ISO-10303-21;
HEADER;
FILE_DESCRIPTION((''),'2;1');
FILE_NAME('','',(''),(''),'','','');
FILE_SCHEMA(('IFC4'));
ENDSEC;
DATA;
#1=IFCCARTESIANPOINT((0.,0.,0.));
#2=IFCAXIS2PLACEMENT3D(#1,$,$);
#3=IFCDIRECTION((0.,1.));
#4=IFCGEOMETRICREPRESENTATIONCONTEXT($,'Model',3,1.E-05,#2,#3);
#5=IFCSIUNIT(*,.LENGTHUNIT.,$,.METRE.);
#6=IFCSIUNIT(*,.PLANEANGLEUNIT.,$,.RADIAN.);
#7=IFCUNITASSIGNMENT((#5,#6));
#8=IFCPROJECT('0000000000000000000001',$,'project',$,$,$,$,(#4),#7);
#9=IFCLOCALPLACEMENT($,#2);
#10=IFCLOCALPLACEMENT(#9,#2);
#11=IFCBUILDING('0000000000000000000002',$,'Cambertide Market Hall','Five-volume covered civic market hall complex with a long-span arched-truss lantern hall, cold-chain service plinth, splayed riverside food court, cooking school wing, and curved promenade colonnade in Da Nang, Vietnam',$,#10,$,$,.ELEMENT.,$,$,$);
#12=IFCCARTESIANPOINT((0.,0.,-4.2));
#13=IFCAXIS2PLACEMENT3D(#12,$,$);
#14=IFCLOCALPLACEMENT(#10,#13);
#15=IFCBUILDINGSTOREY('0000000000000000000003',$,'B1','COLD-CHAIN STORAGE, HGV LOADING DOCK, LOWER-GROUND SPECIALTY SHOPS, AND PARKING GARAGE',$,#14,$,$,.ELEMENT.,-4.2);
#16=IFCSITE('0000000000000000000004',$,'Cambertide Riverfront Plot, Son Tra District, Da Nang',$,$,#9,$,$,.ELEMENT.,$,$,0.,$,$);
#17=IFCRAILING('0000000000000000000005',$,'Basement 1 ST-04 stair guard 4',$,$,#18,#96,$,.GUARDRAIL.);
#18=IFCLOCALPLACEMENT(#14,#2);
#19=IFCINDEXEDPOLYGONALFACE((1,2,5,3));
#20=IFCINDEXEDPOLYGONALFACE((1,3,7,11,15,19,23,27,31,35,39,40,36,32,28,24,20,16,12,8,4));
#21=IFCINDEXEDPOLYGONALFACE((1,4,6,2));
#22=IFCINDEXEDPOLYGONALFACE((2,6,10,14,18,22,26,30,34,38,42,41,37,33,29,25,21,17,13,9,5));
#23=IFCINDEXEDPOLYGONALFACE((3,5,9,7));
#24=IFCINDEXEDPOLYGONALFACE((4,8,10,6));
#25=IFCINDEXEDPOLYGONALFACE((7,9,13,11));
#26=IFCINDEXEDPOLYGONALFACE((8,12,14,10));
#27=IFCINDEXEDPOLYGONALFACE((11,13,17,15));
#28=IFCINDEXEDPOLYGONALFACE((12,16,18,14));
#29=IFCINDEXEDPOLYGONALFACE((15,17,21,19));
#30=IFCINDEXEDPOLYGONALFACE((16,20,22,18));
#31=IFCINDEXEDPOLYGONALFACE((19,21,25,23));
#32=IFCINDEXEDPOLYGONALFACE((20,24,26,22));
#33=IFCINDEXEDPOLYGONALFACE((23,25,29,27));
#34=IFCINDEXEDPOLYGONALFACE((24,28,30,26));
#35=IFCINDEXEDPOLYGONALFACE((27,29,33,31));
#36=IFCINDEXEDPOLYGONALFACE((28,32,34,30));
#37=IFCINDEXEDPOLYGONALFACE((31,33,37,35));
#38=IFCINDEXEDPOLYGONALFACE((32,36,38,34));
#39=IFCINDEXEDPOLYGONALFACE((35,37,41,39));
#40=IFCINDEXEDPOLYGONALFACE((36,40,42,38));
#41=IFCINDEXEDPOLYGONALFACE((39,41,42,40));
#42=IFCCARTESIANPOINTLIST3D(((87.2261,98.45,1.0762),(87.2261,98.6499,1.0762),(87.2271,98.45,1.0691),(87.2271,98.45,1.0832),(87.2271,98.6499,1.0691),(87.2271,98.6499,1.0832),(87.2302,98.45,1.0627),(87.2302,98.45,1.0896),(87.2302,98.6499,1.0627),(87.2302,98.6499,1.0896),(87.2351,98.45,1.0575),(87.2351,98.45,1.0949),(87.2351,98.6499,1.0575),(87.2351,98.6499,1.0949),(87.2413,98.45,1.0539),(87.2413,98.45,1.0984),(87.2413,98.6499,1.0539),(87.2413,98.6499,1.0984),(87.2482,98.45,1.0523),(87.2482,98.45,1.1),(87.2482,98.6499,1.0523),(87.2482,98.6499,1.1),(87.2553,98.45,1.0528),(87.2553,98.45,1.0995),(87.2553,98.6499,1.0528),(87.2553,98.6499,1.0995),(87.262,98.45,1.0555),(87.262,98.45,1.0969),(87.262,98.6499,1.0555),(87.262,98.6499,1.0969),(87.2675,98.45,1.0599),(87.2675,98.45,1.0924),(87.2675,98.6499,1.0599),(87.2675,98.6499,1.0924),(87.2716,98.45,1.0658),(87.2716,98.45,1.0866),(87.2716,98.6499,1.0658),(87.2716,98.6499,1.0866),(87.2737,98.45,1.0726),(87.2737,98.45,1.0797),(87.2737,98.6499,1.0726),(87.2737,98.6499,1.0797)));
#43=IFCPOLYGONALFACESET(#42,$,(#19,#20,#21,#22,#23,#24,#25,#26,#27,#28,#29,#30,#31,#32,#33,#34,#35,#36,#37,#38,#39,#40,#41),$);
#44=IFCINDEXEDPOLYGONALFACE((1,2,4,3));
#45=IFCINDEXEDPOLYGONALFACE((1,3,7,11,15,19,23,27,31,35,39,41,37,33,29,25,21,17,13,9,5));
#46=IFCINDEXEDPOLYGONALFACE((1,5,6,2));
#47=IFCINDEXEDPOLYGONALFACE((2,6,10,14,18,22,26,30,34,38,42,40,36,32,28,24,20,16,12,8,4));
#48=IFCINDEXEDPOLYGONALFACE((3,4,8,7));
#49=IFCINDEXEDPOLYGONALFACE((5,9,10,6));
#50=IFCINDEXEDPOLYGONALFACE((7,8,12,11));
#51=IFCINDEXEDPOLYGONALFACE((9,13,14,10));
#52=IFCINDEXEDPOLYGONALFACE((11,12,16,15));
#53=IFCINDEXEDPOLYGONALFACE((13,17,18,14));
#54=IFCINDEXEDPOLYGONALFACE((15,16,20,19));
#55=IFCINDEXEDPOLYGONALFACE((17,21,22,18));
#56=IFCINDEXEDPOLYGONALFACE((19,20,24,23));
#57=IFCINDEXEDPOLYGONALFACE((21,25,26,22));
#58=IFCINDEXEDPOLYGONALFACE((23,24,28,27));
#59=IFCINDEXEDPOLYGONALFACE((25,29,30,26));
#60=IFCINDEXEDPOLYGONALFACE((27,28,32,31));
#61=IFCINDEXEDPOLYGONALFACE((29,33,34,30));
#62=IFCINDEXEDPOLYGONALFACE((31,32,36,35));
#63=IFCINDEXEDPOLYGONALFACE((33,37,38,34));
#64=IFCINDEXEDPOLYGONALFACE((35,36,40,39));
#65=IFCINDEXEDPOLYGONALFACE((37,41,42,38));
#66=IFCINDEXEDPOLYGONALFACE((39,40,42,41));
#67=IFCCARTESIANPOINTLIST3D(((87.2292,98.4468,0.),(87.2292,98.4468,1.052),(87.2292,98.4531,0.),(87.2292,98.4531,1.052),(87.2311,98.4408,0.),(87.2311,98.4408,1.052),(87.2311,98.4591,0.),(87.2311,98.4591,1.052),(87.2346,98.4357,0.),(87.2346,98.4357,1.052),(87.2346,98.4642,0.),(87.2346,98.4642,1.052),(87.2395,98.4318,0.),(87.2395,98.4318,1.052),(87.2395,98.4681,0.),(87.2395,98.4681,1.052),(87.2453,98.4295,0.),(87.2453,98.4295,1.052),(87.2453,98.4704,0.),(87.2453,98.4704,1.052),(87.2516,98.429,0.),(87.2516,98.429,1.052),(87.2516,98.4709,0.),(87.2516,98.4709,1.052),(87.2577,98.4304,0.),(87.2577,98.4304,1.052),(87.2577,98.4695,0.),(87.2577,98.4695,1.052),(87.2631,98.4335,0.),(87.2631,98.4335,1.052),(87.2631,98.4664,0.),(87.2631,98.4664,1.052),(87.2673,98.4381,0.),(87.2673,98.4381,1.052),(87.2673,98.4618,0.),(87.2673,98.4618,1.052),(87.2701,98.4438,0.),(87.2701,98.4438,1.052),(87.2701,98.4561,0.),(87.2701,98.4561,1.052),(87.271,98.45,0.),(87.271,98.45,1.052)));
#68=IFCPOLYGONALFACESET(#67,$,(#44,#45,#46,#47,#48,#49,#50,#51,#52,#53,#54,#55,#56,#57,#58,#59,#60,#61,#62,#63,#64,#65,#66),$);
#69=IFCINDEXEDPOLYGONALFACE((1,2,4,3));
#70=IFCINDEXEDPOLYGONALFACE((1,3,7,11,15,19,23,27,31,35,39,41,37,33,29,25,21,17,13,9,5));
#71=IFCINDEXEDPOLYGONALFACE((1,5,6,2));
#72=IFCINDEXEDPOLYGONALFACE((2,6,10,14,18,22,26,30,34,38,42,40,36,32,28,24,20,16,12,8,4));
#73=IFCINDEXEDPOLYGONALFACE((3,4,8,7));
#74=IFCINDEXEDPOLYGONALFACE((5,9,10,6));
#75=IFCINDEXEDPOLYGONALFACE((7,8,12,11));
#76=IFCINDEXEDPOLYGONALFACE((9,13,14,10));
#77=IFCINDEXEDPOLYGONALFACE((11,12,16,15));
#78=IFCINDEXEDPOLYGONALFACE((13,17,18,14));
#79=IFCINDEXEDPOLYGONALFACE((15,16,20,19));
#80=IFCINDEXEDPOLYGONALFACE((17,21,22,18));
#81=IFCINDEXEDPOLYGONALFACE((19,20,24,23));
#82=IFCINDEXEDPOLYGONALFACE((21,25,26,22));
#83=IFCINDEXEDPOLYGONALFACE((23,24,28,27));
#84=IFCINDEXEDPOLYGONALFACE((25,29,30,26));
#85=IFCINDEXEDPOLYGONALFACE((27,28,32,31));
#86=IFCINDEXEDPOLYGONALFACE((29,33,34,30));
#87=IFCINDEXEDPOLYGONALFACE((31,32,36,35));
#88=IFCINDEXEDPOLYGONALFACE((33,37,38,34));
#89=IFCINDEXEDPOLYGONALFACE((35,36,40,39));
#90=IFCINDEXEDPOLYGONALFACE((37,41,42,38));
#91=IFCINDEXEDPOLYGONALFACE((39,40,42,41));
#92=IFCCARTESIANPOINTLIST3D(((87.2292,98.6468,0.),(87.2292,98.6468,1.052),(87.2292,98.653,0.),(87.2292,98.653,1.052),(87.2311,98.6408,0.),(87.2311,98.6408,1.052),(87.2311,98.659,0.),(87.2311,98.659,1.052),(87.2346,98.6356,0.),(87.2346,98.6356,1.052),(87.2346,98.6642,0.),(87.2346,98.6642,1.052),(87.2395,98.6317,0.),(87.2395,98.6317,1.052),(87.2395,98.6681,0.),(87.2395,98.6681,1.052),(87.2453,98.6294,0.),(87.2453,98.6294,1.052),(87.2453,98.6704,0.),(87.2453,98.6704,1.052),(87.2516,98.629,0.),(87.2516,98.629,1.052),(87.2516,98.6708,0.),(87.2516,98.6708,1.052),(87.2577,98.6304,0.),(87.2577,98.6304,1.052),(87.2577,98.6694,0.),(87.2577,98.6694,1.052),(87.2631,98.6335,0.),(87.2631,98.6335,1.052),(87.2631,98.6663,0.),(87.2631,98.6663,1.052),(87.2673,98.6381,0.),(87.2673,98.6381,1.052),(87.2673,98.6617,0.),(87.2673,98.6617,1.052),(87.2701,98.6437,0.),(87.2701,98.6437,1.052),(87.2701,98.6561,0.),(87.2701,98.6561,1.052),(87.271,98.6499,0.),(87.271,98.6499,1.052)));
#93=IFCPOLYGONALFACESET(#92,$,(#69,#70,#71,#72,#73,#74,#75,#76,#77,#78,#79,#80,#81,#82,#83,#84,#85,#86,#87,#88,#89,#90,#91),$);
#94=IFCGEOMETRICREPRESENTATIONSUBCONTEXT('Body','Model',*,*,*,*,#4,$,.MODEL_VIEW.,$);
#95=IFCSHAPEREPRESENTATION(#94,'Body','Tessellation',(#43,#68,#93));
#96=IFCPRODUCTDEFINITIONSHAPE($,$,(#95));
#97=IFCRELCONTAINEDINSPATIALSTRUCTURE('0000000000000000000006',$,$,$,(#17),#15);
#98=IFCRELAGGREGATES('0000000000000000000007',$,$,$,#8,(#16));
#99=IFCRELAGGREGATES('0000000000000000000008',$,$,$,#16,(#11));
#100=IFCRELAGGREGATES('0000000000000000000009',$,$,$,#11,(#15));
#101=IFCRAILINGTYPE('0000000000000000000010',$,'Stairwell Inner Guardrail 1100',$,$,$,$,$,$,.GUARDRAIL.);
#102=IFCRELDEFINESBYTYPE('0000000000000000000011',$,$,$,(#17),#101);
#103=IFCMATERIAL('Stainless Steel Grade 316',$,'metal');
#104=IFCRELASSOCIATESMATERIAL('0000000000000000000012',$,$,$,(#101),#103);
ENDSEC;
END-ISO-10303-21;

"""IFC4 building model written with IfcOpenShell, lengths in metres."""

from ifc_helpers import new_model, si_unit, direction, frame, origin, origin_2d, place, context, subcontext, project, spatial, circle, extrude, material, type_object, element, save


model = new_model("IFC4")

# Units and contexts
model_context = context("Model", 3, precision=1e-05, world=origin(), true_north=direction((0.0, 1.0)))
body_context = subcontext(model_context, "Body", "Model", "MODEL_VIEW")
ifc_project = project(units=[si_unit("LENGTHUNIT", "METRE"), si_unit("PLANEANGLEUNIT", "RADIAN")], contexts=[model_context])

# Site, building, storey
site_placement = place(None, origin())
site = spatial("IfcSite", under=ifc_project, at=site_placement, Name="Cambertide Riverfront Plot, Son Tra District, Da Nang", CompositionType="ELEMENT", RefElevation=0.0)
building_placement = place(site_placement, origin())
building = spatial("IfcBuilding", under=site, at=building_placement, Name="Cambertide Market Hall", Description="Five-volume covered civic market hall complex with a long-span arched-truss lantern hall, cold-chain service plinth, splayed riverside food court, cooking school wing, and curved promenade colonnade in Da Nang, Vietnam", CompositionType="ELEMENT")
storey_placement = place(building_placement, frame((0.0, 0.0, -4.2)))
storey = spatial("IfcBuildingStorey", under=building, at=storey_placement, Name="B1", Description="COLD-CHAIN STORAGE, HGV LOADING DOCK, LOWER-GROUND SPECIALTY SHOPS, AND PARKING GARAGE", CompositionType="ELEMENT", Elevation=-4.2)

# Railing
ifc_material_1 = material(Name="Stainless Steel Grade 316", Category="metal")
railing_type_1 = type_object("IfcRailingType", Name="Stairwell Inner Guardrail 1100", PredefinedType="GUARDRAIL", material=ifc_material_1)
railing_1_placement = place(storey_placement, frame((87.25, 98.45, 0.0)))
element("IfcRailing", 1, at=railing_1_placement, inside=storey, type_object=railing_type_1, Name="Basement 1 ST-04 stair guard 4", PredefinedType="GUARDRAIL", context=body_context, shape_type="SweptSolid", body=[
    extrude(circle(Radius=0.0239, at=origin_2d()), frame((0.0, 0.0, 1.0762), z_axis=(0.0, 1.0, 0.0), x_axis=(-1.0, 0.0, 0.0)), (0.0, 0.0, 1.0), 0.2),
    extrude(circle(Radius=0.021, at=origin_2d()), origin(), (0.0, 0.0, 1.0), 1.052),
    extrude(circle(Radius=0.021, at=origin_2d()), frame((0.0, 0.2, 0.0)), (0.0, 0.0, 1.0), 1.052),
])

save(model, "model.ifc")
